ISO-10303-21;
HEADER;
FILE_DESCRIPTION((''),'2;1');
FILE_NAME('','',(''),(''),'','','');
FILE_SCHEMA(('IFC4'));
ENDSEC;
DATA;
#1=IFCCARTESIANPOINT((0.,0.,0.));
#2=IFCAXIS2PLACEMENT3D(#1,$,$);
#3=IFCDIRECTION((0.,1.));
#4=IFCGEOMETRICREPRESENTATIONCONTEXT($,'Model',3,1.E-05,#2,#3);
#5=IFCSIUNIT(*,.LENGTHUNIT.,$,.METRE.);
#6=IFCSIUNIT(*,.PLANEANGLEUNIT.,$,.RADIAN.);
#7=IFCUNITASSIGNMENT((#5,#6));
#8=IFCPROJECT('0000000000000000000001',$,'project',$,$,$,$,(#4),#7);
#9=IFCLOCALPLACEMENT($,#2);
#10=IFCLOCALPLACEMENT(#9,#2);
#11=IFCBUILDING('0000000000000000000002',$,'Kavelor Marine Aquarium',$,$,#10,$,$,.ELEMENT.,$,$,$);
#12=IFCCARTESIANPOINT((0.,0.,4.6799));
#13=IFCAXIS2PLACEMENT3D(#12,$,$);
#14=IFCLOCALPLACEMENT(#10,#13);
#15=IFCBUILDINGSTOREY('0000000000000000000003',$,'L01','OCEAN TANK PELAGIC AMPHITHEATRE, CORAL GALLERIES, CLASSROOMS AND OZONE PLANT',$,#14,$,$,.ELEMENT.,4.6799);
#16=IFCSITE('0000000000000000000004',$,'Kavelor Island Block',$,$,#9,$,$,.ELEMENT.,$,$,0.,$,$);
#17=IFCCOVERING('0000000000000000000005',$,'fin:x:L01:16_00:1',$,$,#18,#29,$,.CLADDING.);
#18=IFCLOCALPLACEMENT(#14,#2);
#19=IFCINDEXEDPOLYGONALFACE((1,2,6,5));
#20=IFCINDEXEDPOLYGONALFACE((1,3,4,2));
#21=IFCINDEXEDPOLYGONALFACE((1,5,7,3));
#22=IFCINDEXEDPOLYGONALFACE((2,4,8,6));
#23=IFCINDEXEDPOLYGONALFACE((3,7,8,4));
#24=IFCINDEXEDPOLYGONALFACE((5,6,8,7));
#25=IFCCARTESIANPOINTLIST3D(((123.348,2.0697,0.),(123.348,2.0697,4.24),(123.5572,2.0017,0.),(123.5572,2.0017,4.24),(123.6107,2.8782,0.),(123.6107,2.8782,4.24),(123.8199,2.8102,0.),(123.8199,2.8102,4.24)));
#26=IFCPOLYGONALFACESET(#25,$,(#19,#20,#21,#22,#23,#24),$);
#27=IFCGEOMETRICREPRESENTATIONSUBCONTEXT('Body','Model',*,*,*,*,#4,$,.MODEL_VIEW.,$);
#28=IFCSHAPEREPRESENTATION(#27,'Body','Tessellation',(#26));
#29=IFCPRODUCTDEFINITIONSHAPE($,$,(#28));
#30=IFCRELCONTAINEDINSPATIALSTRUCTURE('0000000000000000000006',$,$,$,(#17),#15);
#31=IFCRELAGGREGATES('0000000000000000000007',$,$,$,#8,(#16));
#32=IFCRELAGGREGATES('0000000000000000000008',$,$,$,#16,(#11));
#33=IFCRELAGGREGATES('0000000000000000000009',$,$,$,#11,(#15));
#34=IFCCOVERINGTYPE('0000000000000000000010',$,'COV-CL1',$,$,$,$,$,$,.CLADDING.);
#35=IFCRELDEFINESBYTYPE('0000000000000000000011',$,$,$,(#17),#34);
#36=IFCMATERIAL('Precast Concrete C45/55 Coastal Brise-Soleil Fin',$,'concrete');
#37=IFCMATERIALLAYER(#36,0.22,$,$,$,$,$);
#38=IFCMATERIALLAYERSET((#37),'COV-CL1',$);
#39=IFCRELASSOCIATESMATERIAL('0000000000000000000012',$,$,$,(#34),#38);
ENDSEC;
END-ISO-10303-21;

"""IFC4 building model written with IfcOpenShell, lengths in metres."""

from ifc_helpers import new_model, si_unit, direction, frame, origin, origin_2d, place, context, subcontext, project, spatial, rectangle, extrude, material, layer, layer_set, type_object, element, save


model = new_model("IFC4")

# Units and contexts
model_context = context("Model", 3, precision=1e-05, world=origin(), true_north=direction((0.0, 1.0)))
body_context = subcontext(model_context, "Body", "Model", "MODEL_VIEW")
ifc_project = project(units=[si_unit("LENGTHUNIT", "METRE"), si_unit("PLANEANGLEUNIT", "RADIAN")], contexts=[model_context])

# Site, building, storey
site_placement = place(None, origin())
site = spatial("IfcSite", under=ifc_project, at=site_placement, Name="Kavelor Island Block", CompositionType="ELEMENT", RefElevation=0.0)
building_placement = place(site_placement, origin())
building = spatial("IfcBuilding", under=site, at=building_placement, Name="Kavelor Marine Aquarium", CompositionType="ELEMENT")
storey_placement = place(building_placement, frame((0.0, 0.0, 4.6799)))
storey = spatial("IfcBuildingStorey", under=building, at=storey_placement, Name="L01", Description="OCEAN TANK PELAGIC AMPHITHEATRE, CORAL GALLERIES, CLASSROOMS AND OZONE PLANT", CompositionType="ELEMENT", Elevation=4.6799)

# Covering
ifc_material_1 = material(Name="Precast Concrete C45/55 Coastal Brise-Soleil Fin", Category="concrete")
ifc_layer_1 = layer(ifc_material_1, 0.22)
ifc_layer_set_1 = layer_set([ifc_layer_1], Name="COV-CL1")
covering_type = type_object("IfcCoveringType", Name="COV-CL1", PredefinedType="CLADDING", material=ifc_layer_set_1)
covering_placement = place(storey_placement, frame((123.584, 2.4399, 0.0), z_axis=(0.0, 0.0, 1.0), x_axis=(0.951057, -0.309017, 0.0)))
element("IfcCovering", 1, at=covering_placement, inside=storey, type_object=covering_type, Name="fin:x:L01:16_00:1", PredefinedType="CLADDING", context=body_context, shape_type="SweptSolid", body=[
    extrude(rectangle(XDim=0.22, YDim=0.8501, at=origin_2d()), origin(), (0.0, 0.0, 1.0), 4.24),
])

save(model, "model.ifc")
